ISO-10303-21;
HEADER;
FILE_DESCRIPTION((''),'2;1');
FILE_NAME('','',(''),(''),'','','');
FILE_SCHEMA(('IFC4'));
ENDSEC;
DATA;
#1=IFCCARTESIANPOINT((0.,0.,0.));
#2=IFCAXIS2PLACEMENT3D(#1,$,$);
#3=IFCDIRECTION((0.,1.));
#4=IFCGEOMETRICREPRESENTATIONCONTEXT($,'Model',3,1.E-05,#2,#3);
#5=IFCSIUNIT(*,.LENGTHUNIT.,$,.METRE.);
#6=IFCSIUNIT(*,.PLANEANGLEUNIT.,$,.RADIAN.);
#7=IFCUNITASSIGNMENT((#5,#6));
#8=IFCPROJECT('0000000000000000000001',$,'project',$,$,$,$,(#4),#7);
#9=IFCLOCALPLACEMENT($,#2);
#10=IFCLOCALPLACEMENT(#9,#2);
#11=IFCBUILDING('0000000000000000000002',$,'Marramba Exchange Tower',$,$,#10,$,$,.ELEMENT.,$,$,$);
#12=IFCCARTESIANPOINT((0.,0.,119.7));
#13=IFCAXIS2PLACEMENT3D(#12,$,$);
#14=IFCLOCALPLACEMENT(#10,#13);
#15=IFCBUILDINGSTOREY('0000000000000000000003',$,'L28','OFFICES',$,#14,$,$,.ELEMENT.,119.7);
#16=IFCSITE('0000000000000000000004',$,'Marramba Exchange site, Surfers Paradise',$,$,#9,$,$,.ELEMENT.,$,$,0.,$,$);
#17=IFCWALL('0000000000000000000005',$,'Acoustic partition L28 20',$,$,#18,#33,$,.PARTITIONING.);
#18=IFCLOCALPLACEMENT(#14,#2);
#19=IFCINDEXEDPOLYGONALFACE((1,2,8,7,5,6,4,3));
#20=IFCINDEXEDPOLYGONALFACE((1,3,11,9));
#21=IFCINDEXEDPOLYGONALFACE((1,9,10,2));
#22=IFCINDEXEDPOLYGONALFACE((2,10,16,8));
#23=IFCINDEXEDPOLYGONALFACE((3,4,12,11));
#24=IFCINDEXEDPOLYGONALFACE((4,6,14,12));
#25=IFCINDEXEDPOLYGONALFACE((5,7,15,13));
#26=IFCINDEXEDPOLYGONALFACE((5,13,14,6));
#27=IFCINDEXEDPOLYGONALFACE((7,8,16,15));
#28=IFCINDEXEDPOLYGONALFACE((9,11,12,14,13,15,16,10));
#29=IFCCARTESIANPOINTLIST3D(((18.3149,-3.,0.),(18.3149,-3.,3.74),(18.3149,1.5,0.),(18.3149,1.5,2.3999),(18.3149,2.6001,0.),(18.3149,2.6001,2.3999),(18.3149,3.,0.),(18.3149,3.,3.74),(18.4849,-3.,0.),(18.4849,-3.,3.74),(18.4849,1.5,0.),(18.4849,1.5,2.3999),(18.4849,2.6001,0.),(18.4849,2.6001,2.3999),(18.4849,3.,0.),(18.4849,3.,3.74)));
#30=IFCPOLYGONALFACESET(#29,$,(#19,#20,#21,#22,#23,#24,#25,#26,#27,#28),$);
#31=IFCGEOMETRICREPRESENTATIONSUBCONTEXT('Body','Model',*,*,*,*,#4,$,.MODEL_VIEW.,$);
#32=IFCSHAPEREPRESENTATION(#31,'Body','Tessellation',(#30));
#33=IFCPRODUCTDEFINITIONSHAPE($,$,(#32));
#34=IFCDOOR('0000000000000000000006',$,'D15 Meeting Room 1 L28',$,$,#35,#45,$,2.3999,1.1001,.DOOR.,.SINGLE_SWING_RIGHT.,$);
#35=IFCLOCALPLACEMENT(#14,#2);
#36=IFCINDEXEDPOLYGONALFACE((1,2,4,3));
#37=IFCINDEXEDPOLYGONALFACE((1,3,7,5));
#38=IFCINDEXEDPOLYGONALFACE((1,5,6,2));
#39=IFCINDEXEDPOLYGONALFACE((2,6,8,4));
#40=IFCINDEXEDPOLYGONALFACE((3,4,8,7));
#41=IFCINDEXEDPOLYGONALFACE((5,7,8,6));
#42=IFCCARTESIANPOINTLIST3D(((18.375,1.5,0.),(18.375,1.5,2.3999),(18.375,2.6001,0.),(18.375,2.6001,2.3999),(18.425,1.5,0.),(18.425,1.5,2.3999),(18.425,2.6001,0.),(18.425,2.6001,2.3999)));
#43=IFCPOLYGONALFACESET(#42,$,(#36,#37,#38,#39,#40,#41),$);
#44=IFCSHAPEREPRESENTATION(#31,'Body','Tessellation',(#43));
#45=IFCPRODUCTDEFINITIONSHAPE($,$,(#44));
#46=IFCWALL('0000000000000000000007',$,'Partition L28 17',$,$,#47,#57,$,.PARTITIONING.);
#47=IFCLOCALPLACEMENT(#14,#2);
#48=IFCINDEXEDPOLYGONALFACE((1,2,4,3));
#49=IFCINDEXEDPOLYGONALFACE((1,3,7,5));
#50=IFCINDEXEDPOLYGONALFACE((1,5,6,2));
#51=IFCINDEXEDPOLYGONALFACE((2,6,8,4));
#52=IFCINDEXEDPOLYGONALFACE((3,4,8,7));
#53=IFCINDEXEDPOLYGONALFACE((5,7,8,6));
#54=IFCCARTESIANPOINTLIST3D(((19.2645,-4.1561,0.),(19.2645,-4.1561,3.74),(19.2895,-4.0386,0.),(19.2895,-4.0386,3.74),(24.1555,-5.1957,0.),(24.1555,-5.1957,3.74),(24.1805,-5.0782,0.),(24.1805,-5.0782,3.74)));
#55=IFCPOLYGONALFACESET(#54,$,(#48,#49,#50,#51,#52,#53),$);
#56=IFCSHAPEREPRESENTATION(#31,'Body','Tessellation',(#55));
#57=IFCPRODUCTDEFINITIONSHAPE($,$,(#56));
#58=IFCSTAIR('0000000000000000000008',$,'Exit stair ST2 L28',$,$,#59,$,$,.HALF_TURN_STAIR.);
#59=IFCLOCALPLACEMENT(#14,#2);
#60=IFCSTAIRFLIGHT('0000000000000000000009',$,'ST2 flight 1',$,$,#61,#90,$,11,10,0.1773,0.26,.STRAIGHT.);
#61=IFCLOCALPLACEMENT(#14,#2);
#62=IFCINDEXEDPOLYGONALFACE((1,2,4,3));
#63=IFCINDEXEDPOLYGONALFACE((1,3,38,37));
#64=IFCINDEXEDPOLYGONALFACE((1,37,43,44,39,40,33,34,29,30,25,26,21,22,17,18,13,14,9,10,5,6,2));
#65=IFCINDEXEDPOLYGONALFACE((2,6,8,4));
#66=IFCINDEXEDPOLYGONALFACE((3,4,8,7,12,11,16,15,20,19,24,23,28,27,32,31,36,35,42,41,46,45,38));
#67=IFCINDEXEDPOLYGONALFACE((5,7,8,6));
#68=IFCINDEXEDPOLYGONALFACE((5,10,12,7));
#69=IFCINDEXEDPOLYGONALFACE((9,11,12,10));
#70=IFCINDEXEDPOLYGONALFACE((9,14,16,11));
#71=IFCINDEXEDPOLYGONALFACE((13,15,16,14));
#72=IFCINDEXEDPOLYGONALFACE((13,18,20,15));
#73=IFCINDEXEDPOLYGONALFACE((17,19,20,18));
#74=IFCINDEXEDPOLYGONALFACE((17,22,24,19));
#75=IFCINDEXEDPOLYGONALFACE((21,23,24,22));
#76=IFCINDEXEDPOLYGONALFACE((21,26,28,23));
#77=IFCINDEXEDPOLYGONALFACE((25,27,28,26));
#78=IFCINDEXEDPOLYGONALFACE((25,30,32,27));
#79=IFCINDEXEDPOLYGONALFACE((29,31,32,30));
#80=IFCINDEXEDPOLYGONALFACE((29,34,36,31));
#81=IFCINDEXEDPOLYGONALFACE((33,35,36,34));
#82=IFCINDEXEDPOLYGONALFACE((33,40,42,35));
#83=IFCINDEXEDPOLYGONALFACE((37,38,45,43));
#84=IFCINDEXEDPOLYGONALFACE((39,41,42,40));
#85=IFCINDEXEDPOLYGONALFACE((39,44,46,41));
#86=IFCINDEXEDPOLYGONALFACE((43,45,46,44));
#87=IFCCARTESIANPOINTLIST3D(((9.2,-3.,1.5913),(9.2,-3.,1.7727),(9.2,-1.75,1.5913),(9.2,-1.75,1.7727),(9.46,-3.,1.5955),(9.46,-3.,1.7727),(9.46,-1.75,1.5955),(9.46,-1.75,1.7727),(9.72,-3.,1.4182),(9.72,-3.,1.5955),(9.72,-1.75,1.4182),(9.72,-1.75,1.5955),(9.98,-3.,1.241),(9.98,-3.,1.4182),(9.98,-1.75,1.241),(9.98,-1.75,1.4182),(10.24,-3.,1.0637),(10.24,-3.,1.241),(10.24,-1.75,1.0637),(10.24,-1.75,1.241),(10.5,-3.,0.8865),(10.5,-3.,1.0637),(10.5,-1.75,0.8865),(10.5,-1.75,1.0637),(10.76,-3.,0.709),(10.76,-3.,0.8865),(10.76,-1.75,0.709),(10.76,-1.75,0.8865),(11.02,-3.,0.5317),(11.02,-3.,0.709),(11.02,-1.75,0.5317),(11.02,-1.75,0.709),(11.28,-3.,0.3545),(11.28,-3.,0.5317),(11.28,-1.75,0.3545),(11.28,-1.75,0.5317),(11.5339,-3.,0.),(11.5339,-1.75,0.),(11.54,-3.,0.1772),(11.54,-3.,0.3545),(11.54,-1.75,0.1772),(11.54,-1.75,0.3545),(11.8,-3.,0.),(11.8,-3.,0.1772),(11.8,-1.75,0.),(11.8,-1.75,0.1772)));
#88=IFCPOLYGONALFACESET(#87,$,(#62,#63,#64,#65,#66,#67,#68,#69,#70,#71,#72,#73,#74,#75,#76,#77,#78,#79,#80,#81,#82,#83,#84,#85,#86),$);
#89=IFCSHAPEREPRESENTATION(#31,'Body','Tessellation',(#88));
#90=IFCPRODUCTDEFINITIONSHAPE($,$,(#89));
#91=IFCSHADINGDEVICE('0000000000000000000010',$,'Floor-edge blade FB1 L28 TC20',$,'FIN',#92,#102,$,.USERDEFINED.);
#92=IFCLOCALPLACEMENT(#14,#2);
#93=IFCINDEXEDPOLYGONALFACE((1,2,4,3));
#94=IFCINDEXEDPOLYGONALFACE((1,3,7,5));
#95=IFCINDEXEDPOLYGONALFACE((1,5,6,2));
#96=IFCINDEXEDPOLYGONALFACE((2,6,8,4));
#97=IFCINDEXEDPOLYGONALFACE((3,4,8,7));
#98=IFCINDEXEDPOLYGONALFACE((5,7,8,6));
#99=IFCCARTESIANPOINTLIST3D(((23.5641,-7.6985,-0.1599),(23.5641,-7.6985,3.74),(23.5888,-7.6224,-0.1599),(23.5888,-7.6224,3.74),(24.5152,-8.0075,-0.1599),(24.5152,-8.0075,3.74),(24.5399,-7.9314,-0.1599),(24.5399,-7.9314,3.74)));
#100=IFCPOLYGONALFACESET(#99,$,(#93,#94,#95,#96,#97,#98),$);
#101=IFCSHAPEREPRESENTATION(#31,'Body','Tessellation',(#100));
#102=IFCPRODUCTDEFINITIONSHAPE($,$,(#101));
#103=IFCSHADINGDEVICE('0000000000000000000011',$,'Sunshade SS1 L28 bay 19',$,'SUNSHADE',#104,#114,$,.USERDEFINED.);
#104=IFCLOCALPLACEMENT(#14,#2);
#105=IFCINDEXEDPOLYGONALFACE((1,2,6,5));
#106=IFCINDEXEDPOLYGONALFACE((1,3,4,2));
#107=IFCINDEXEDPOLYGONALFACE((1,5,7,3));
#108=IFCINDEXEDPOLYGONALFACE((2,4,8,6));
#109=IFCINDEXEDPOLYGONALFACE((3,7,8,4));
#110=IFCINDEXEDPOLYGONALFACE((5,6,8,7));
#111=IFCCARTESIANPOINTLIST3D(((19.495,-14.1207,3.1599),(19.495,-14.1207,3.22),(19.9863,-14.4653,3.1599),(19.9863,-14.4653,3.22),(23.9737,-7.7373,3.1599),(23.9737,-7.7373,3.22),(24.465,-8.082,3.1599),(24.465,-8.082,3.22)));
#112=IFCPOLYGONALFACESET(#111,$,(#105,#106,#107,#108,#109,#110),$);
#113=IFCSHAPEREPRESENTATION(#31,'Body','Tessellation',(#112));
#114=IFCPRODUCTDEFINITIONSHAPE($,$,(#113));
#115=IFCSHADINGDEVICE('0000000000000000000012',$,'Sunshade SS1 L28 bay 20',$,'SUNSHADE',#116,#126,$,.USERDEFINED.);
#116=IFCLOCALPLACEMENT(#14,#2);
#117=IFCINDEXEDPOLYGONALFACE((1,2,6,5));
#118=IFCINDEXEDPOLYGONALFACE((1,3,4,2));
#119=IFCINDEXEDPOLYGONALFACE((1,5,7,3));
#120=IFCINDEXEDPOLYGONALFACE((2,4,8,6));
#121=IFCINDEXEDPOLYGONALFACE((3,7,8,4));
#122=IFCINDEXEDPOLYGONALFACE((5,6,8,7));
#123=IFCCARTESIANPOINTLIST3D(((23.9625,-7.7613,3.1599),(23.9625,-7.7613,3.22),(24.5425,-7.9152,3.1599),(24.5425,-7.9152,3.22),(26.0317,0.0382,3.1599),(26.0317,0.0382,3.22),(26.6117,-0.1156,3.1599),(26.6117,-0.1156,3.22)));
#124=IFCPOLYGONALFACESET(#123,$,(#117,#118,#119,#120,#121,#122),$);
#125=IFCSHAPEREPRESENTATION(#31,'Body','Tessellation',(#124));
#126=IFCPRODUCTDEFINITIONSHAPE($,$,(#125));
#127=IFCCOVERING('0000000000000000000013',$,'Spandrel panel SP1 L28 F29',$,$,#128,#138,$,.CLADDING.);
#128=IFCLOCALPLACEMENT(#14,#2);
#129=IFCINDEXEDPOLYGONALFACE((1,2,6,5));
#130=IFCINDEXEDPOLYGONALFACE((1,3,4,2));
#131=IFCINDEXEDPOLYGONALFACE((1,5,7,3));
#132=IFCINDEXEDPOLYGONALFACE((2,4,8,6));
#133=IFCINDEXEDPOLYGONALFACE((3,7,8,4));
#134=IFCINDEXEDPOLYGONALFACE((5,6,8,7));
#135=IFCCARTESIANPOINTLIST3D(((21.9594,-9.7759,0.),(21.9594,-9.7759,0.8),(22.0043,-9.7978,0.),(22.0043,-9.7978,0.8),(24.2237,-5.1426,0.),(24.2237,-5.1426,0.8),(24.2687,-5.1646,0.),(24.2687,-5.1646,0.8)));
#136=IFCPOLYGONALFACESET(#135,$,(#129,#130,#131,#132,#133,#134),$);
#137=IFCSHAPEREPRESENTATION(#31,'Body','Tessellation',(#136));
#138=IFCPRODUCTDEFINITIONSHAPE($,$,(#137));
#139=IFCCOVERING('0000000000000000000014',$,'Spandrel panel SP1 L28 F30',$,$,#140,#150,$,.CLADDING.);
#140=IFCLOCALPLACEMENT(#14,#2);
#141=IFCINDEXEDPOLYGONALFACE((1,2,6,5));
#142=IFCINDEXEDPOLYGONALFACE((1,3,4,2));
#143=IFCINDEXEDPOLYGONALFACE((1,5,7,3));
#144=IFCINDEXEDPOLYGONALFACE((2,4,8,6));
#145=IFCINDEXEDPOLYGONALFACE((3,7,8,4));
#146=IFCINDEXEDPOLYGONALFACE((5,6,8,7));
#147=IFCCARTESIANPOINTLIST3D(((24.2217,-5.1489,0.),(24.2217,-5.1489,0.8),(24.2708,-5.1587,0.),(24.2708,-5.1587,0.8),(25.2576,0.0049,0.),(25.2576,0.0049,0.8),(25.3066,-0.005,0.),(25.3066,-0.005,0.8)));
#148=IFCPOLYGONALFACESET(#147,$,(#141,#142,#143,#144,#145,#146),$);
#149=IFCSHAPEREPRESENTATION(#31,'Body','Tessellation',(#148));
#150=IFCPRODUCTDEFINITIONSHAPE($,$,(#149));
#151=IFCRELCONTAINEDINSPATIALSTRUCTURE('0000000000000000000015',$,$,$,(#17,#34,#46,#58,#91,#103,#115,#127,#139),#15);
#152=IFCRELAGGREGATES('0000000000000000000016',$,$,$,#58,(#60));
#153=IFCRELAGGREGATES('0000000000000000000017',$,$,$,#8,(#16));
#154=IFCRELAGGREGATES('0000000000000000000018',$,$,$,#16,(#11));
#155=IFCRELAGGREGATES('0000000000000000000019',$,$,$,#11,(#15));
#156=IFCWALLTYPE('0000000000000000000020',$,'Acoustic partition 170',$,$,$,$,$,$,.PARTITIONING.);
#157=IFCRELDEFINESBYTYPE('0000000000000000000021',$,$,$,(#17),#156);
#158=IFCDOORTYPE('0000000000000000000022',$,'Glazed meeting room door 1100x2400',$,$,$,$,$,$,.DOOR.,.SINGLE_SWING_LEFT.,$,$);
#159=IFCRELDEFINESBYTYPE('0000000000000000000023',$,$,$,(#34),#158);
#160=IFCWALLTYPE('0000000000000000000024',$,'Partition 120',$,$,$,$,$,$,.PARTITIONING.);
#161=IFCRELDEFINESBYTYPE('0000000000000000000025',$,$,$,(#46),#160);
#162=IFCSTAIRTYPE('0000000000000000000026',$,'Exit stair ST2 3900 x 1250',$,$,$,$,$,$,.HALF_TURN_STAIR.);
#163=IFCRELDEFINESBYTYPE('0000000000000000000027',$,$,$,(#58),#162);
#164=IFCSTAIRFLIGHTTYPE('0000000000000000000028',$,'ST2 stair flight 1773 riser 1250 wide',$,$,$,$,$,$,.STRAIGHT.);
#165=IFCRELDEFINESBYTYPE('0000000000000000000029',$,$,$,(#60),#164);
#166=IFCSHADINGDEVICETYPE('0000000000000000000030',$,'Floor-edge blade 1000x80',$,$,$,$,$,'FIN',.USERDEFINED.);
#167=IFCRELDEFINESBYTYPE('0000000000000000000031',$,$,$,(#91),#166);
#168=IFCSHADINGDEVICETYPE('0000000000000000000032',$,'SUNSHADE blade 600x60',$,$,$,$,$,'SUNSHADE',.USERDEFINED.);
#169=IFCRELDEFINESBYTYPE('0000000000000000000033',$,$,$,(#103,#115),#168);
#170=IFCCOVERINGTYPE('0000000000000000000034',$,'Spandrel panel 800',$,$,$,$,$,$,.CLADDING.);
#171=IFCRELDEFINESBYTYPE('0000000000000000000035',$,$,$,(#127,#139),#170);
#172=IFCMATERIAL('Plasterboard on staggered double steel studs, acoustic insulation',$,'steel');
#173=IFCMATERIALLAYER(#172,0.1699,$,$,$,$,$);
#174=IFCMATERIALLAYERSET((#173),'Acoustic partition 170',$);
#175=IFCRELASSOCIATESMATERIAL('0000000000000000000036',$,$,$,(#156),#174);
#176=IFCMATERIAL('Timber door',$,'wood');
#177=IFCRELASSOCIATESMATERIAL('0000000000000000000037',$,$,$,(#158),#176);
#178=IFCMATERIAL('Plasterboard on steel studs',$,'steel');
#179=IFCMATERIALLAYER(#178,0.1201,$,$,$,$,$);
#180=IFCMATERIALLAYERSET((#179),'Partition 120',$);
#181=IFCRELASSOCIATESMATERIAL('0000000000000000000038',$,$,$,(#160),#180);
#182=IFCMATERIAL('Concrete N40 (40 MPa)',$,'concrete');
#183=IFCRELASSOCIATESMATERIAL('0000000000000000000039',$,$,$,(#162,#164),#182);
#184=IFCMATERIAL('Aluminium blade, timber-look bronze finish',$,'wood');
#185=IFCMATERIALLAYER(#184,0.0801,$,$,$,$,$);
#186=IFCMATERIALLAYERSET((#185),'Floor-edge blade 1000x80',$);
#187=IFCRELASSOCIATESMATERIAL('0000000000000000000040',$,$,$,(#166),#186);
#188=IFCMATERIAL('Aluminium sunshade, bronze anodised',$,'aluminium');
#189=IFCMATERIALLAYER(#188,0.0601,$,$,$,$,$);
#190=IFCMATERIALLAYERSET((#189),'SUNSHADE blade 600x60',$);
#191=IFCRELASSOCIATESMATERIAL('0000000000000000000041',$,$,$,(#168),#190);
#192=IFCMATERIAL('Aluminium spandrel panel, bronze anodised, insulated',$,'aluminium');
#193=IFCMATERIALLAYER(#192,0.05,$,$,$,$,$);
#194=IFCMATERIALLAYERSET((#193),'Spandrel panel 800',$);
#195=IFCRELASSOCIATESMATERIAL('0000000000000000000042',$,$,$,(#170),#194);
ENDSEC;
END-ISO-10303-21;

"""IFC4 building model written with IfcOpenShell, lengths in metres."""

from ifc_helpers import new_model, si_unit, direction, frame, frame_2d, origin, origin_2d, place, context, subcontext, project, spatial, polyline, rectangle, outline, extrude, material, layer, layer_set, type_object, element, fill, aggregate, save


model = new_model("IFC4")

# Units and contexts
model_context = context("Model", 3, precision=1e-05, world=origin(), true_north=direction((0.0, 1.0)))
body_context = subcontext(model_context, "Body", "Model", "MODEL_VIEW")
ifc_project = project(units=[si_unit("LENGTHUNIT", "METRE"), si_unit("PLANEANGLEUNIT", "RADIAN")], contexts=[model_context])

# Site, building, storey
site_placement = place(None, origin())
site = spatial("IfcSite", under=ifc_project, at=site_placement, Name="Marramba Exchange site, Surfers Paradise", CompositionType="ELEMENT", RefElevation=0.0)
building_placement = place(site_placement, origin())
building = spatial("IfcBuilding", under=site, at=building_placement, Name="Marramba Exchange Tower", CompositionType="ELEMENT")
storey_placement = place(building_placement, frame((0.0, 0.0, 119.7)))
storey = spatial("IfcBuildingStorey", under=building, at=storey_placement, Name="L28", Description="OFFICES", CompositionType="ELEMENT", Elevation=119.7)

# Shared definitions
ifc_material_1 = material(Name="Plasterboard on staggered double steel studs, acoustic insulation", Category="steel")
ifc_layer_1 = layer(ifc_material_1, 0.1699)
ifc_layer_set_1 = layer_set([ifc_layer_1], Name="Acoustic partition 170")
wall_type_1 = type_object("IfcWallType", Name="Acoustic partition 170", PredefinedType="PARTITIONING", material=ifc_layer_set_1)

# Wall, opening, door
wall_1_placement = place(storey_placement, frame((18.3999, -3.0, 0.0), z_axis=(0.0, 0.0, 1.0), x_axis=(0.0, 1.0, 0.0)))
wall_1 = element("IfcWall", 1, at=wall_1_placement, inside=storey, type_object=wall_type_1, Name="Acoustic partition L28 20", PredefinedType="PARTITIONING", context=body_context, shape_type="SweptSolid", body=[
    extrude(rectangle(XDim=6.0, YDim=0.1699, at=frame_2d((3.0, 0.0))), origin(), (0.0, 0.0, 1.0), 3.74),
])
opening_1_placement = place(wall_1_placement, frame((4.5, 0.0, 0.0)))
opening_1 = element("IfcOpeningElement", 2, at=opening_1_placement, cuts=wall_1, PredefinedType="OPENING", context=body_context, shape_type="SweptSolid", body=[
    extrude(rectangle(XDim=1.1001, YDim=2.3999, at=frame_2d((0.55, 1.2))), frame((0.0, 0.095, 0.0), z_axis=(0.0, -1.0, 0.0), x_axis=(1.0, 0.0, 0.0)), (0.0, 0.0, 1.0), 0.1899),
])
ifc_material_2 = material(Name="Timber door", Category="wood")
door_type_1 = type_object("IfcDoorType", Name="Glazed meeting room door 1100x2400", OperationType="SINGLE_SWING_LEFT", PredefinedType="DOOR", material=ifc_material_2)
door_1_placement = place(opening_1_placement, origin())
door_1 = element("IfcDoor", 3, at=door_1_placement, inside=storey, type_object=door_type_1, Name="D15 Meeting Room 1 L28", OperationType="SINGLE_SWING_RIGHT", OverallHeight=2.3999, OverallWidth=1.1001, PredefinedType="DOOR", context=body_context, shape_type="SweptSolid", body=[
    extrude(rectangle(XDim=1.1001, YDim=2.3999, at=frame_2d((0.55, 1.2))), frame((0.0, 0.0249, 0.0), z_axis=(0.0, -1.0, 0.0), x_axis=(1.0, 0.0, 0.0)), (0.0, 0.0, 1.0), 0.05),
])
fill(opening_1, door_1)

# Wall
ifc_material_3 = material(Name="Plasterboard on steel studs", Category="steel")
ifc_layer_2 = layer(ifc_material_3, 0.1201)
ifc_layer_set_2 = layer_set([ifc_layer_2], Name="Partition 120")
wall_type_2 = type_object("IfcWallType", Name="Partition 120", PredefinedType="PARTITIONING", material=ifc_layer_set_2)
wall_2_placement = place(storey_placement, frame((19.2771, -4.0974, 0.0), z_axis=(0.0, 0.0, 1.0), x_axis=(0.978149, -0.207905, 0.0)))
element("IfcWall", 4, at=wall_2_placement, inside=storey, type_object=wall_type_2, Name="Partition L28 17", PredefinedType="PARTITIONING", context=body_context, shape_type="SweptSolid", body=[
    extrude(rectangle(XDim=5.0002, YDim=0.1201, at=frame_2d((2.5, 0.0))), origin(), (0.0, 0.0, 1.0), 3.74),
])

# Stair, stair flight
ifc_material_4 = material(Name="Concrete N40 (40 MPa)", Category="concrete")
stair_type = type_object("IfcStairType", Name="Exit stair ST2 3900 x 1250", PredefinedType="HALF_TURN_STAIR", material=ifc_material_4)
stair_placement = place(storey_placement, origin())
stair = element("IfcStair", 5, at=stair_placement, inside=storey, type_object=stair_type, Name="Exit stair ST2 L28", PredefinedType="HALF_TURN_STAIR")
stair_flight_type = type_object("IfcStairFlightType", Name="ST2 stair flight 1773 riser 1250 wide", PredefinedType="STRAIGHT", material=ifc_material_4)
stair_flight_placement = place(storey_placement, frame((11.8, -2.375, 0.0), z_axis=(0.0, 0.0, 1.0), x_axis=(-1.0, 0.0, 0.0)))
stair_flight = element("IfcStairFlight", 6, at=stair_flight_placement, type_object=stair_flight_type, Name="ST2 flight 1", NumberOfRisers=11, NumberOfTreads=10, PredefinedType="STRAIGHT", RiserHeight=0.1773, TreadLength=0.26, context=body_context, shape_type="SweptSolid", body=[
    extrude(outline(polyline([(0.0, 0.0), (0.0, 0.1772), (0.26, 0.1772), (0.26, 0.3545), (0.52, 0.3545), (0.52, 0.5317), (0.78, 0.5317), (0.78, 0.709), (1.04, 0.709), (1.04, 0.8865), (1.3, 0.8865), (1.3, 1.0637), (1.5601, 1.0637), (1.5601, 1.241), (1.8201, 1.241), (1.8201, 1.4182), (2.0801, 1.4182), (2.0801, 1.5955), (2.3401, 1.5955), (2.3401, 1.7727), (2.6001, 1.7727), (2.6001, 1.95), (2.6001, 1.5913), (0.2661, 0.0), (0.0, 0.0)])), frame((0.0, 0.625, 0.0), z_axis=(0.0, -1.0, 0.0), x_axis=(1.0, 0.0, 0.0)), (0.0, 0.0, 1.0), 1.25),
])
aggregate(stair, [stair_flight])

# Shading devices
ifc_material_5 = material(Name="Aluminium blade, timber-look bronze finish", Category="wood")
ifc_layer_3 = layer(ifc_material_5, 0.0801)
ifc_layer_set_3 = layer_set([ifc_layer_3], Name="Floor-edge blade 1000x80")
shading_device_type_1 = type_object("IfcShadingDeviceType", Name="Floor-edge blade 1000x80", ElementType="FIN", PredefinedType="USERDEFINED", material=ifc_layer_set_3)
shading_device_1_placement = place(storey_placement, frame((24.052, -7.8149, -0.1599), z_axis=(0.0, 0.0, 1.0), x_axis=(0.951057, -0.309017, 0.0)))
element("IfcShadingDevice", 7, at=shading_device_1_placement, inside=storey, type_object=shading_device_type_1, Name="Floor-edge blade FB1 L28 TC20", ObjectType="FIN", PredefinedType="USERDEFINED", context=body_context, shape_type="SweptSolid", body=[
    extrude(rectangle(XDim=1.0, YDim=0.0801, at=origin_2d()), origin(), (0.0, 0.0, 1.0), 3.8999),
])
ifc_material_6 = material(Name="Aluminium sunshade, bronze anodised", Category="aluminium")
ifc_layer_4 = layer(ifc_material_6, 0.0601)
ifc_layer_set_4 = layer_set([ifc_layer_4], Name="SUNSHADE blade 600x60")
shading_device_type_2 = type_object("IfcShadingDeviceType", Name="SUNSHADE blade 600x60", ElementType="SUNSHADE", PredefinedType="USERDEFINED", material=ifc_layer_set_4)
shading_device_2_placement = place(storey_placement, frame((21.98, -11.1013, 3.1599), z_axis=(0.0, 0.0, 1.0), x_axis=(0.574351, 0.818609, 0.0)))
element("IfcShadingDevice", 8, at=shading_device_2_placement, inside=storey, type_object=shading_device_type_2, Name="Sunshade SS1 L28 bay 19", ObjectType="SUNSHADE", PredefinedType="USERDEFINED", context=body_context, shape_type="SweptSolid", body=[
    extrude(rectangle(XDim=7.7979, YDim=0.6001, at=origin_2d()), origin(), (0.0, 0.0, 1.0), 0.0601),
])
shading_device_3_placement = place(storey_placement, frame((25.2871, -3.9385, 3.1599), z_axis=(0.0, 0.0, 1.0), x_axis=(0.256423, 0.966565, 0.0)))
element("IfcShadingDevice", 9, at=shading_device_3_placement, inside=storey, type_object=shading_device_type_2, Name="Sunshade SS1 L28 bay 20", ObjectType="SUNSHADE", PredefinedType="USERDEFINED", context=body_context, shape_type="SweptSolid", body=[
    extrude(rectangle(XDim=8.0693, YDim=0.6001, at=origin_2d()), origin(), (0.0, 0.0, 1.0), 0.0601),
])

# Coverings
ifc_material_7 = material(Name="Aluminium spandrel panel, bronze anodised, insulated", Category="aluminium")
ifc_layer_5 = layer(ifc_material_7, 0.05)
ifc_layer_set_5 = layer_set([ifc_layer_5], Name="Spandrel panel 800")
covering_type = type_object("IfcCoveringType", Name="Spandrel panel 800", PredefinedType="CLADDING", material=ifc_layer_set_5)
covering_1_placement = place(storey_placement, frame((23.114, -7.4702, 0.0), z_axis=(0.0, 0.0, 1.0), x_axis=(0.439086, 0.898445, 0.0)))
element("IfcCovering", 10, at=covering_1_placement, inside=storey, type_object=covering_type, Name="Spandrel panel SP1 L28 F29", PredefinedType="CLADDING", context=body_context, shape_type="SweptSolid", body=[
    extrude(rectangle(XDim=5.157, YDim=0.05, at=origin_2d()), origin(), (0.0, 0.0, 1.0), 0.8),
])
covering_2_placement = place(storey_placement, frame((24.7642, -2.5769, 0.0), z_axis=(0.0, 0.0, 1.0), x_axis=(0.197049, 0.980394, 0.0)))
element("IfcCovering", 11, at=covering_2_placement, inside=storey, type_object=covering_type, Name="Spandrel panel SP1 L28 F30", PredefinedType="CLADDING", context=body_context, shape_type="SweptSolid", body=[
    extrude(rectangle(XDim=5.2568, YDim=0.05, at=origin_2d()), origin(), (0.0, 0.0, 1.0), 0.8),
])

save(model, "model.ifc")
